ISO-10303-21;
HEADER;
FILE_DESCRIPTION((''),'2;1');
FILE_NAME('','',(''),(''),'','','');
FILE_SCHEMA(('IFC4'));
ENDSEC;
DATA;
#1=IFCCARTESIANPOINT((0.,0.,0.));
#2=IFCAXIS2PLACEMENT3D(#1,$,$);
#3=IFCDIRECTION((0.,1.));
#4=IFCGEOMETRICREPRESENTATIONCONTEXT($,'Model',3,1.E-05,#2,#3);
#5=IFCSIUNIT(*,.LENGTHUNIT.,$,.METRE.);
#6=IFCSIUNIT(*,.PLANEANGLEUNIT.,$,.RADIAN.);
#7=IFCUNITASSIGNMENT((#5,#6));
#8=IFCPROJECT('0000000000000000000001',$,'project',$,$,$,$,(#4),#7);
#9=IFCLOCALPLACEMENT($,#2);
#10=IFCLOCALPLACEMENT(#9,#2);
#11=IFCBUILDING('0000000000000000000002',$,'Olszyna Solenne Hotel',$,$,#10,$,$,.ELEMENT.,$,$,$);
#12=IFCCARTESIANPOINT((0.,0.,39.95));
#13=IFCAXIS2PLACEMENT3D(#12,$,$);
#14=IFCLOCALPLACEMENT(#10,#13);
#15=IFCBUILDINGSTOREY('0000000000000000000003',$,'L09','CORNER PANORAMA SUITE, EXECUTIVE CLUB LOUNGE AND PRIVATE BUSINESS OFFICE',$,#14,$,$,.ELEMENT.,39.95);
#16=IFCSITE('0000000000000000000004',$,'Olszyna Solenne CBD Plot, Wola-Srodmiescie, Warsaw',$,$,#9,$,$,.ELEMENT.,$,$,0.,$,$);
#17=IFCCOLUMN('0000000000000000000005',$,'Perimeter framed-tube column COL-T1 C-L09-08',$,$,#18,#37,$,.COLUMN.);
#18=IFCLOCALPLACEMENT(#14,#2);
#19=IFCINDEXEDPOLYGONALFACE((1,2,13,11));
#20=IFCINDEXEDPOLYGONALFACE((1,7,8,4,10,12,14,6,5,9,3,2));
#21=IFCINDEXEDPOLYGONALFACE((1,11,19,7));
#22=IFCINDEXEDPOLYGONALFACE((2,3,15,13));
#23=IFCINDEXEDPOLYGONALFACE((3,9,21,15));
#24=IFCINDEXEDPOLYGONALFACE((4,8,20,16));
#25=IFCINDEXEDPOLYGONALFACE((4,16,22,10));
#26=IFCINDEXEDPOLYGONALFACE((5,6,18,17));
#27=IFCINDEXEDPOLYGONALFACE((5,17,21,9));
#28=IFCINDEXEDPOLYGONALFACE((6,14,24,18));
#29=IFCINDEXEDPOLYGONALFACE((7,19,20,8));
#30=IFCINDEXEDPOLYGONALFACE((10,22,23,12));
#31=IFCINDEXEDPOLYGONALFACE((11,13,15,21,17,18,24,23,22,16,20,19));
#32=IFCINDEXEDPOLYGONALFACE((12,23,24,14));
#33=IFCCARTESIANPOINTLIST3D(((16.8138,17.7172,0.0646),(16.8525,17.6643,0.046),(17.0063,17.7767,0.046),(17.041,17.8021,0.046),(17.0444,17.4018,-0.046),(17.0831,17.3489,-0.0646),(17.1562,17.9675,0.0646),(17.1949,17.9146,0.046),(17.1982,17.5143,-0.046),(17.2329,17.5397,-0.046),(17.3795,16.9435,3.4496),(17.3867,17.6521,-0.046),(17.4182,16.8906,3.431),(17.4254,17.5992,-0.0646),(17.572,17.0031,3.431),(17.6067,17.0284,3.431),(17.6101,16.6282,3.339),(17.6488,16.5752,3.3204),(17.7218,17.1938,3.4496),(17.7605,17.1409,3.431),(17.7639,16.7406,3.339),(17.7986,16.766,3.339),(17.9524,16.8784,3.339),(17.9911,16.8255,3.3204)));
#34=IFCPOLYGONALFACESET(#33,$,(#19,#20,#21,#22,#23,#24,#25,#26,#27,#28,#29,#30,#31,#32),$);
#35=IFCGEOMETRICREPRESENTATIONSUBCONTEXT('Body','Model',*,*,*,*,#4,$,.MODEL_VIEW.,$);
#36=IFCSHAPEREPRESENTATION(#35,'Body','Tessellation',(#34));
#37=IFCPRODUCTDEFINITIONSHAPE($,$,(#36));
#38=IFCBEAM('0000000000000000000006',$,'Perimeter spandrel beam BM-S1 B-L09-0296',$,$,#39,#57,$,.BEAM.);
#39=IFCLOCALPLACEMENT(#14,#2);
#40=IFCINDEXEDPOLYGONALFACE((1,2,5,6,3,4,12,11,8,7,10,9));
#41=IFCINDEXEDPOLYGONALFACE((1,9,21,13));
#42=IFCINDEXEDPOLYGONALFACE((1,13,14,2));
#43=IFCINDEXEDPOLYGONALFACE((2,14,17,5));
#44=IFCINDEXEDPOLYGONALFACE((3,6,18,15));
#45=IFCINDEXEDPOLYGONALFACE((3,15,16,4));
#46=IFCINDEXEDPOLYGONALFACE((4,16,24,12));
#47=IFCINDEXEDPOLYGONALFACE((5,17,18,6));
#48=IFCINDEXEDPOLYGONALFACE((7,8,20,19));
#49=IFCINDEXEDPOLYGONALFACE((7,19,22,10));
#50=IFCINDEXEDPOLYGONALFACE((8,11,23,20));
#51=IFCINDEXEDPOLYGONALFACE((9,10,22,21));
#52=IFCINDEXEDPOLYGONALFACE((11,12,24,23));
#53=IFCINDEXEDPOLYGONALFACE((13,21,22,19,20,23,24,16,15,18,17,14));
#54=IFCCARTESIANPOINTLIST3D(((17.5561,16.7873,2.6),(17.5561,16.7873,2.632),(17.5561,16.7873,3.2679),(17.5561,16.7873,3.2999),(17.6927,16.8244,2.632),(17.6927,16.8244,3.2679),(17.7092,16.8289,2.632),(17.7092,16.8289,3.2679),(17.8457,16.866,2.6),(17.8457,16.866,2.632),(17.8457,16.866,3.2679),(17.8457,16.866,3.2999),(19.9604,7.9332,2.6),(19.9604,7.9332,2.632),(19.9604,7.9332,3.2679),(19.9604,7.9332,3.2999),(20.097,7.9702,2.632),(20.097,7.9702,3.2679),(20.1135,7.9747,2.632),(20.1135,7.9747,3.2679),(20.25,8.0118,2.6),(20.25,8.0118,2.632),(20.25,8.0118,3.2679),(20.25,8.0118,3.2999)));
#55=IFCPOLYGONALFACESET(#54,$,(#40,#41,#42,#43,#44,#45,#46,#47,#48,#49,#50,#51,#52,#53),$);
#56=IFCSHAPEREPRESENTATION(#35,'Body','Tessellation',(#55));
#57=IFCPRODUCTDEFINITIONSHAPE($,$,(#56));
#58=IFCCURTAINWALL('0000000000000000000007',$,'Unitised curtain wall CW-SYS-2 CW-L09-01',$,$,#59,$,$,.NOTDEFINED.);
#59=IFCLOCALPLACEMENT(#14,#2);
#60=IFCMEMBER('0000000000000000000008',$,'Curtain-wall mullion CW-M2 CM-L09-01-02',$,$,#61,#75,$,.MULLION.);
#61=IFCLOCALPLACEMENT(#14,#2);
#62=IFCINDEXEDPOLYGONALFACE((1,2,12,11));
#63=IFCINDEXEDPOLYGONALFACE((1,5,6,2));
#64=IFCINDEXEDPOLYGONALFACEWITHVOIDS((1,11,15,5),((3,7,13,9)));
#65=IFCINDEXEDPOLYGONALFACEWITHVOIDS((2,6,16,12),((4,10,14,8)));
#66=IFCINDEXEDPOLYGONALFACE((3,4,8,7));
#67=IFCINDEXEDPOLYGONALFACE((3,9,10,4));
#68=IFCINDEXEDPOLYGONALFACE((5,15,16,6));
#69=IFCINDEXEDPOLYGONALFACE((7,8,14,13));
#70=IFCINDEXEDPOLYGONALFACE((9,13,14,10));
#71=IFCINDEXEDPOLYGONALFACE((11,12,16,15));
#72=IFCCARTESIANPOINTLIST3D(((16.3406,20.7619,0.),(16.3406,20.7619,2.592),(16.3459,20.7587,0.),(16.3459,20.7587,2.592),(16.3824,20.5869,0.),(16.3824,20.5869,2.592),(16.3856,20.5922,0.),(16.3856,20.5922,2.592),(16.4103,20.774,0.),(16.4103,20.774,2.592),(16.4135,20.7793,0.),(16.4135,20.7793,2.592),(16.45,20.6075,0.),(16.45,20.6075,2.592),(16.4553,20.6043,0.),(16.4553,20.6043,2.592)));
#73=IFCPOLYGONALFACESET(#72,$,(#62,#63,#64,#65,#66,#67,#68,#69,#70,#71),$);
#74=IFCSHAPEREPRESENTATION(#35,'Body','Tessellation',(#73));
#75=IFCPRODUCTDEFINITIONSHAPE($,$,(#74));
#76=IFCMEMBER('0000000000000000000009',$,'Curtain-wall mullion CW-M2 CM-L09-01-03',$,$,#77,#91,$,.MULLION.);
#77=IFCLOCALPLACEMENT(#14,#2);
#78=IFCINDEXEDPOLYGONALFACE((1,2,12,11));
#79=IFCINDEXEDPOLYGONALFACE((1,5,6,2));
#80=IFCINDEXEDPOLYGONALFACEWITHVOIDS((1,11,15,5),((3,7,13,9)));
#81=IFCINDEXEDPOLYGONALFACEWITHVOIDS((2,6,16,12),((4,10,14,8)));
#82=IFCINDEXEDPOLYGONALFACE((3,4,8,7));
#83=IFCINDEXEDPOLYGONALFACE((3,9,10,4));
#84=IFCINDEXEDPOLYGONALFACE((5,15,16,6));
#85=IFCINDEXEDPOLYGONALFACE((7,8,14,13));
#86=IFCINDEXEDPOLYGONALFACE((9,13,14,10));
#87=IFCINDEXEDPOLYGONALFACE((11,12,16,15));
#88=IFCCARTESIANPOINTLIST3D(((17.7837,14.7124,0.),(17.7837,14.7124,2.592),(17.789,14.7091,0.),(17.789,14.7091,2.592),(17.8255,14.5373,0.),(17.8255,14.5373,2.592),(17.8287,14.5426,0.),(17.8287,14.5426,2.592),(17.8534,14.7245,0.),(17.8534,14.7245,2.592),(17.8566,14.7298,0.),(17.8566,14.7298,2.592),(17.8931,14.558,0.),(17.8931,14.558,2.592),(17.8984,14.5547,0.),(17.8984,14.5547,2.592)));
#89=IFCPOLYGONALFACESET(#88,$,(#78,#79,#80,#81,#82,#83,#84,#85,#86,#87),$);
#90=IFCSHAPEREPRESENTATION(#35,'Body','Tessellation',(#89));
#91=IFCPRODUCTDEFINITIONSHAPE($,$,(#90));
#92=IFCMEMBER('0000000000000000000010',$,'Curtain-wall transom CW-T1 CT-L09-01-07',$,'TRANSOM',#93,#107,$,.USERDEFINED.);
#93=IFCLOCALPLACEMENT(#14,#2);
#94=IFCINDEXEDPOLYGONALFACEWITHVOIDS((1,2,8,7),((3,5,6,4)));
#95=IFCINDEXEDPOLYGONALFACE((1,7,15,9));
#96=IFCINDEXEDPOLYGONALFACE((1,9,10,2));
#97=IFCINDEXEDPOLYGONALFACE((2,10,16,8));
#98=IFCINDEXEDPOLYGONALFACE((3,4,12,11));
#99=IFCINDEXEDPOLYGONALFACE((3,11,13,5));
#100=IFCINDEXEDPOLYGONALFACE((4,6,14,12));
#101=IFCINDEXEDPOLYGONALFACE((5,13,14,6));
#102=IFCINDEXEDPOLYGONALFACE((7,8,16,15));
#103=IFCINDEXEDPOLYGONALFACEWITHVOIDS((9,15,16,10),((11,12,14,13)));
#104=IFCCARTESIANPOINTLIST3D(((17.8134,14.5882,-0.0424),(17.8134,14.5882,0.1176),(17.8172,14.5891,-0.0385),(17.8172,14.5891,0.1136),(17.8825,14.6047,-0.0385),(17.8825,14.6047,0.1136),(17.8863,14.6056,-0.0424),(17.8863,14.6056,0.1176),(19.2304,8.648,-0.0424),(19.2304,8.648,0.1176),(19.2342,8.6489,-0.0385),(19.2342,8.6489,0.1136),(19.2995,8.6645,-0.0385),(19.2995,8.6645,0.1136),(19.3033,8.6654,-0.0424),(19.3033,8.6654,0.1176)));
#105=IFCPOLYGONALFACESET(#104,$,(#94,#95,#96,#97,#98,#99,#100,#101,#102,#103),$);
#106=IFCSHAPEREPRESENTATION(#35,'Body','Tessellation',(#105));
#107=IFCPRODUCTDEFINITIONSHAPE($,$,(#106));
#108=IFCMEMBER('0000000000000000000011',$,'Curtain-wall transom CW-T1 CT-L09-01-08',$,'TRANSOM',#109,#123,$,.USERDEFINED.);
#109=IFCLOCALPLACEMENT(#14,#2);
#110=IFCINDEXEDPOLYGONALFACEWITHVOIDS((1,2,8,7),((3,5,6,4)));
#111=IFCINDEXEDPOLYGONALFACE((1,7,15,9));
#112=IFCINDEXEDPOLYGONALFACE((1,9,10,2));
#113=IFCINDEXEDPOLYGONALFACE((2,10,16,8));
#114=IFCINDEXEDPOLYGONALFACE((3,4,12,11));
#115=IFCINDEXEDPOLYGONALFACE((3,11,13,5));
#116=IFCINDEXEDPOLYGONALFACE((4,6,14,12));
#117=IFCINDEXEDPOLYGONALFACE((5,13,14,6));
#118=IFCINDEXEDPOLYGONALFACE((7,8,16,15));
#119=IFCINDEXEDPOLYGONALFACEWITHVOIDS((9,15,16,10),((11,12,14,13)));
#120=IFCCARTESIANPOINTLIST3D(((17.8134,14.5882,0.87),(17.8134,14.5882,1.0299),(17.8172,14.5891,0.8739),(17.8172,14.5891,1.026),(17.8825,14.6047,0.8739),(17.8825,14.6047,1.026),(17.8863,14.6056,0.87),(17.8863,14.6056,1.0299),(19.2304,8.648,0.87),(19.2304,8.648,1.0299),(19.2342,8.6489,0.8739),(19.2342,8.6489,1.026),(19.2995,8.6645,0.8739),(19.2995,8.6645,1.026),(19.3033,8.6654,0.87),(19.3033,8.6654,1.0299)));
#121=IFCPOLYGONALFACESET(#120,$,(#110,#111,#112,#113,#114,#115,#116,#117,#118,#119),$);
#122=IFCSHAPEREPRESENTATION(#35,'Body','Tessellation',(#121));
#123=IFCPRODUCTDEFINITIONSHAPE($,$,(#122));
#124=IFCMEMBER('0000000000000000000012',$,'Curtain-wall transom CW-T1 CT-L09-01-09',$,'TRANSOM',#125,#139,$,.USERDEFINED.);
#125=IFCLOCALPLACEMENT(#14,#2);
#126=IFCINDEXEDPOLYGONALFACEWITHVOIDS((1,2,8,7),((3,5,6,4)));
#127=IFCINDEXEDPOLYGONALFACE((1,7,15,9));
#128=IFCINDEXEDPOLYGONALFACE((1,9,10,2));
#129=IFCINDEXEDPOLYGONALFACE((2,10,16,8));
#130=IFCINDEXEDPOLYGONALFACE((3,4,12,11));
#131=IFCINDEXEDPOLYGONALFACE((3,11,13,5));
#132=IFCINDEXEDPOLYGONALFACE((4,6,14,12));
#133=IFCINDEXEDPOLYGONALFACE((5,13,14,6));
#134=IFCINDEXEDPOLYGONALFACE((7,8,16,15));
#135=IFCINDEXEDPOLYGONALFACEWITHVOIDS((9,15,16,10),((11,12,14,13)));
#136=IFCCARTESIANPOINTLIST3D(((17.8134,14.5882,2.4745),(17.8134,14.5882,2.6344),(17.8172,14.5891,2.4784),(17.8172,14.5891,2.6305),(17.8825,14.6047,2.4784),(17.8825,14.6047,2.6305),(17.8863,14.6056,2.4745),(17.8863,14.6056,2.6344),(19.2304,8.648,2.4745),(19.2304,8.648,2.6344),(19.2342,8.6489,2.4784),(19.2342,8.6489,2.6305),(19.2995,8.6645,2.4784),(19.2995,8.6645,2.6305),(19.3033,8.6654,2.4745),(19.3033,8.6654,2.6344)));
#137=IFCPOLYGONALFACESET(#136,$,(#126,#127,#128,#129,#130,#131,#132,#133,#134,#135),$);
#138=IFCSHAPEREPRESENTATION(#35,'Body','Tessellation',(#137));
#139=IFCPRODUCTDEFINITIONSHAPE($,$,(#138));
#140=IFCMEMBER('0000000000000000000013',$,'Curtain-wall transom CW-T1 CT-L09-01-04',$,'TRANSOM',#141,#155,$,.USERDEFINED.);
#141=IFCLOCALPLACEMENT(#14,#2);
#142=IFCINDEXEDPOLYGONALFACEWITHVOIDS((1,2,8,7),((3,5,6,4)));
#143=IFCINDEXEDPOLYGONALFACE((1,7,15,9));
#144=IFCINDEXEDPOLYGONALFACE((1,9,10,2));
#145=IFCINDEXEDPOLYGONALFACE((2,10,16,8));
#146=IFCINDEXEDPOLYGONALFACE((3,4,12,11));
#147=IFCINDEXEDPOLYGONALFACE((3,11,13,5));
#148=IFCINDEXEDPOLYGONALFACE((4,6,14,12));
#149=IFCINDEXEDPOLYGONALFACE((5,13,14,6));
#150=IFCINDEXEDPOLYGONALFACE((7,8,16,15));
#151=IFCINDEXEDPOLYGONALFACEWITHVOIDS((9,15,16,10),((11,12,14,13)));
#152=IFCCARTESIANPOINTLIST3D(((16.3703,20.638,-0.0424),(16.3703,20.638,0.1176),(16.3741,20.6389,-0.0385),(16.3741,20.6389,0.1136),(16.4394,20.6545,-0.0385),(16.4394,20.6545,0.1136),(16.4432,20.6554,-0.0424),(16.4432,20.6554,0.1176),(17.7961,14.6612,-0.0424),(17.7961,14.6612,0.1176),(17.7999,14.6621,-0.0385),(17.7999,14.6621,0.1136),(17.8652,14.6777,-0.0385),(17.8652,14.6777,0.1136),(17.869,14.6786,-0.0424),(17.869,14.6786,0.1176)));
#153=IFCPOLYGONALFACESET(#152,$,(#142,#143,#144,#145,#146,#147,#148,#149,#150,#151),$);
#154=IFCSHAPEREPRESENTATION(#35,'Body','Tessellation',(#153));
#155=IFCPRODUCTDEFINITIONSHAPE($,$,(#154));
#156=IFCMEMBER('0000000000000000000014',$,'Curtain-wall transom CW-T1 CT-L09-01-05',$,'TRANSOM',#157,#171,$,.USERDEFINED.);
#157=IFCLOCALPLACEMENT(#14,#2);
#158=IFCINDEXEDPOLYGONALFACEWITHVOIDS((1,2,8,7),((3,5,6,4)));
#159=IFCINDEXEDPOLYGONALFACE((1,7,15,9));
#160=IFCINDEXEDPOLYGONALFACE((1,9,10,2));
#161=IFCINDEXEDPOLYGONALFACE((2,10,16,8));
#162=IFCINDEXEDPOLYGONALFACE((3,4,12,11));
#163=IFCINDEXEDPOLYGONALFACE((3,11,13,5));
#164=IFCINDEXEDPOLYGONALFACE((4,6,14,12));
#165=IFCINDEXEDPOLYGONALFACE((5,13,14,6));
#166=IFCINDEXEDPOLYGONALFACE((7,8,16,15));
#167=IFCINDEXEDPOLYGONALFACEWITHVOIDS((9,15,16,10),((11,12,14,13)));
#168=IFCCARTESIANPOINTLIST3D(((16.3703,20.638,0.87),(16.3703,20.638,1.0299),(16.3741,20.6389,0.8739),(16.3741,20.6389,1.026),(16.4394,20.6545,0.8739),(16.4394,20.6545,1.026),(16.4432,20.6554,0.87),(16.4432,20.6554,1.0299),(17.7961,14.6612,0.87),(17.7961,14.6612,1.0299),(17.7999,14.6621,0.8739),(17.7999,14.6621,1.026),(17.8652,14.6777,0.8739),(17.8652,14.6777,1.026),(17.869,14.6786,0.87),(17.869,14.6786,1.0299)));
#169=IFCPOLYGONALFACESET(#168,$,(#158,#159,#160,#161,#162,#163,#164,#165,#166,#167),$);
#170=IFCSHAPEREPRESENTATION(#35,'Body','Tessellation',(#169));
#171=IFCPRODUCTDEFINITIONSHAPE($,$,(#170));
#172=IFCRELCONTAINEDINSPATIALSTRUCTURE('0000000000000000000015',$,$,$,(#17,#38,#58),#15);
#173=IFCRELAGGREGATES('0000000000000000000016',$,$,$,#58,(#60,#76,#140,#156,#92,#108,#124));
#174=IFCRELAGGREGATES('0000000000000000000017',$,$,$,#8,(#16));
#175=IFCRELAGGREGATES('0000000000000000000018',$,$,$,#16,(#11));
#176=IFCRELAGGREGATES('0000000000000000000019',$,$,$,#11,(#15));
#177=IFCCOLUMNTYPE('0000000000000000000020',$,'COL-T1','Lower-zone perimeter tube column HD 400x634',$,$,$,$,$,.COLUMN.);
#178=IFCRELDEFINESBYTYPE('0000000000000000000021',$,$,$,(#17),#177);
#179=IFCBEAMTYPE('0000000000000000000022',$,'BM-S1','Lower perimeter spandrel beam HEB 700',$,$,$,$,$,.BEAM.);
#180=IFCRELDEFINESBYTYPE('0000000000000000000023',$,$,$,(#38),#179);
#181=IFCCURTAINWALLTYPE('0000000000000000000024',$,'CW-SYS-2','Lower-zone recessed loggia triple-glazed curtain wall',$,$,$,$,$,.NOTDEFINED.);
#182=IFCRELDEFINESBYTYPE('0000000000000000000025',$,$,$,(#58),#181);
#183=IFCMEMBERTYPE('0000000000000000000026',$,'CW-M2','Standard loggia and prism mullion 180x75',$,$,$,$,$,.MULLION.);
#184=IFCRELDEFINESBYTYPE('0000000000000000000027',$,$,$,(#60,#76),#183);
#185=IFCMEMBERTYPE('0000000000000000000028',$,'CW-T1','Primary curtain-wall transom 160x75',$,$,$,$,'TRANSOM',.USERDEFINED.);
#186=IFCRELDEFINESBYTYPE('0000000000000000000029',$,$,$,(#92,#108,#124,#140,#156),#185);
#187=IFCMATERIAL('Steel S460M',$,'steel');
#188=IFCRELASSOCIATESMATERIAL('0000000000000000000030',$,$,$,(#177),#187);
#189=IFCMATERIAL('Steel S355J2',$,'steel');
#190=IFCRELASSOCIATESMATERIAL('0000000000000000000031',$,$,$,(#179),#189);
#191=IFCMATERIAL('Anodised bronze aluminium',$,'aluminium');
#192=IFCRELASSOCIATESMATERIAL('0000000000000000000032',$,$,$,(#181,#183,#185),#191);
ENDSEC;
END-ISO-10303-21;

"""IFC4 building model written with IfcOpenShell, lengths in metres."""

from ifc_helpers import new_model, si_unit, direction, frame, origin, origin_2d, place, context, subcontext, project, spatial, hollow_rectangle, i_section, extrude, source, transform, mapped, material, material_profile, profile_set, type_object, element, aggregate, save


model = new_model("IFC4")

# Units and contexts
model_context = context("Model", 3, precision=1e-05, world=origin(), true_north=direction((0.0, 1.0)))
body_context = subcontext(model_context, "Body", "Model", "MODEL_VIEW")
ifc_project = project(units=[si_unit("LENGTHUNIT", "METRE"), si_unit("PLANEANGLEUNIT", "RADIAN")], contexts=[model_context])

# Site, building, storey
site_placement = place(None, origin())
site = spatial("IfcSite", under=ifc_project, at=site_placement, Name="Olszyna Solenne CBD Plot, Wola-Srodmiescie, Warsaw", CompositionType="ELEMENT", RefElevation=0.0)
building_placement = place(site_placement, origin())
building = spatial("IfcBuilding", under=site, at=building_placement, Name="Olszyna Solenne Hotel", CompositionType="ELEMENT")
storey_placement = place(building_placement, frame((0.0, 0.0, 39.95)))
storey = spatial("IfcBuildingStorey", under=building, at=storey_placement, Name="L09", Description="CORNER PANORAMA SUITE, EXECUTIVE CLUB LOUNGE AND PRIVATE BUSINESS OFFICE", CompositionType="ELEMENT", Elevation=39.95)

# Column
ifc_material_1 = material(Name="Steel S460M", Category="steel")
ifc_material_profile_1 = material_profile(ifc_material_1, i_section(OverallWidth=0.4241, OverallDepth=0.4741, WebThickness=0.043, FlangeThickness=0.0681, at=origin_2d()), Name="HD 400x634", Category="load-bearing")
ifc_profile_set_1 = profile_set([ifc_material_profile_1], Name="Steel S460M")
column_type = type_object("IfcColumnType", Name="COL-T1", Description="Lower-zone perimeter tube column HD 400x634", PredefinedType="COLUMN", material=ifc_profile_set_1)
shared_shape_1 = source(origin(), body_context, "Body", "SweptSolid", [
    extrude(i_section(OverallWidth=0.4241, OverallDepth=0.4741, WebThickness=0.043, FlangeThickness=0.0681, at=origin_2d()), origin(), (0.0, 0.0, 1.0), 3.5181),
])
column_placement = place(storey_placement, frame((17.1196, 17.6582, 0.0), z_axis=(0.160791, -0.219916, 0.962176), x_axis=(0.807246, 0.590215, 0.0)))
element("IfcColumn", 1, at=column_placement, inside=storey, type_object=column_type, Name="Perimeter framed-tube column COL-T1 C-L09-08", PredefinedType="COLUMN", context=body_context, shape_type="MappedRepresentation", body=[
    mapped(shared_shape_1, transform((0.0, 0.0, 0.0), x_axis=(1.0, 0.0, 0.0), y_axis=(0.0, 1.0, 0.0), z_axis=(0.0, 0.0, 1.0), scale=1.0)),
])

# Beam
ifc_material_2 = material(Name="Steel S355J2", Category="steel")
ifc_material_profile_2 = material_profile(ifc_material_2, i_section(OverallWidth=0.3, OverallDepth=0.7, WebThickness=0.0171, FlangeThickness=0.032, at=origin_2d()), Name="HEB 700", Category="load-bearing")
ifc_profile_set_2 = profile_set([ifc_material_profile_2], Name="Steel S355J2")
beam_type = type_object("IfcBeamType", Name="BM-S1", Description="Lower perimeter spandrel beam HEB 700", PredefinedType="BEAM", material=ifc_profile_set_2)
shared_shape_2 = source(origin(), body_context, "Body", "SweptSolid", [
    extrude(i_section(OverallWidth=0.3, OverallDepth=0.7, WebThickness=0.0171, FlangeThickness=0.032, at=origin_2d()), origin(), (0.0, 0.0, 1.0), 9.1748),
])
beam_placement = place(storey_placement, frame((17.7009, 16.8267, 2.95), z_axis=(0.262052, -0.965054, 0.0), x_axis=(0.965054, 0.262052, 0.0)))
element("IfcBeam", 2, at=beam_placement, inside=storey, type_object=beam_type, Name="Perimeter spandrel beam BM-S1 B-L09-0296", PredefinedType="BEAM", context=body_context, shape_type="MappedRepresentation", body=[
    mapped(shared_shape_2, transform((0.0, 0.0, 0.0), x_axis=(1.0, 0.0, 0.0), y_axis=(0.0, 1.0, 0.0), z_axis=(0.0, 0.0, 1.0), scale=1.0)),
])

# Curtain wall, members
ifc_material_3 = material(Name="Anodised bronze aluminium", Category="aluminium")
curtain_wall_type = type_object("IfcCurtainWallType", Name="CW-SYS-2", Description="Lower-zone recessed loggia triple-glazed curtain wall", PredefinedType="NOTDEFINED", material=ifc_material_3)
curtain_wall_placement = place(storey_placement, origin())
curtain_wall = element("IfcCurtainWall", 3, at=curtain_wall_placement, inside=storey, type_object=curtain_wall_type, Name="Unitised curtain wall CW-SYS-2 CW-L09-01", PredefinedType="NOTDEFINED")
ifc_material_profile_3 = material_profile(ifc_material_3, hollow_rectangle(XDim=0.075, YDim=0.1799, WallThickness=0.0044, at=origin_2d()), Name="MULL 180x75x4.5", Category="load-bearing")
ifc_profile_set_3 = profile_set([ifc_material_profile_3], Name="Anodised bronze aluminium")
member_type_1 = type_object("IfcMemberType", Name="CW-M2", Description="Standard loggia and prism mullion 180x75", PredefinedType="MULLION", material=ifc_profile_set_3)
shared_shape_3 = source(origin(), body_context, "Body", "SweptSolid", [
    extrude(hollow_rectangle(XDim=0.075, YDim=0.1799, WallThickness=0.0044, at=origin_2d()), origin(), (0.0, 0.0, 1.0), 2.592),
])
member_1_placement = place(storey_placement, frame((16.3979, 20.6831, 0.0), z_axis=(0.0, 0.0, 1.0), x_axis=(0.972708, 0.232034, 0.0)))
member_1 = element("IfcMember", 4, at=member_1_placement, type_object=member_type_1, Name="Curtain-wall mullion CW-M2 CM-L09-01-02", PredefinedType="MULLION", context=body_context, shape_type="MappedRepresentation", body=[
    mapped(shared_shape_3, transform((0.0, 0.0, 0.0), x_axis=(1.0, 0.0, 0.0), y_axis=(0.0, 1.0, 0.0), z_axis=(0.0, 0.0, 1.0), scale=1.0)),
])
member_2_placement = place(storey_placement, frame((17.8411, 14.6335, 0.0), z_axis=(0.0, 0.0, 1.0), x_axis=(0.972708, 0.232034, 0.0)))
member_2 = element("IfcMember", 5, at=member_2_placement, type_object=member_type_1, Name="Curtain-wall mullion CW-M2 CM-L09-01-03", PredefinedType="MULLION", context=body_context, shape_type="MappedRepresentation", body=[
    mapped(shared_shape_3, transform((0.0, 0.0, 0.0), x_axis=(1.0, 0.0, 0.0), y_axis=(0.0, 1.0, 0.0), z_axis=(0.0, 0.0, 1.0), scale=1.0)),
])
ifc_material_profile_4 = material_profile(ifc_material_3, hollow_rectangle(XDim=0.075, YDim=0.1599, WallThickness=0.0039, at=origin_2d()), Name="TRAN 160x75x4", Category="load-bearing")
ifc_profile_set_4 = profile_set([ifc_material_profile_4], Name="Anodised bronze aluminium")
member_type_2 = type_object("IfcMemberType", Name="CW-T1", Description="Primary curtain-wall transom 160x75", ElementType="TRANSOM", PredefinedType="USERDEFINED", material=ifc_profile_set_4)
shared_shape_4 = source(origin(), body_context, "Body", "SweptSolid", [
    extrude(hollow_rectangle(XDim=0.075, YDim=0.1599, WallThickness=0.0039, at=origin_2d()), origin(), (0.0, 0.0, 1.0), 6.1069),
])
member_3_placement = place(storey_placement, frame((17.8499, 14.5969, 0.0376), z_axis=(0.232033, -0.972708, 0.0), x_axis=(0.972708, 0.232033, 0.0)))
member_3 = element("IfcMember", 6, at=member_3_placement, type_object=member_type_2, Name="Curtain-wall transom CW-T1 CT-L09-01-07", ObjectType="TRANSOM", PredefinedType="USERDEFINED", context=body_context, shape_type="MappedRepresentation", body=[
    mapped(shared_shape_4, transform((0.0, 0.0, 0.0), x_axis=(1.0, 0.0, 0.0), y_axis=(0.0, 1.0, 0.0), z_axis=(0.0, 0.0, 1.0), scale=1.0)),
])
member_4_placement = place(storey_placement, frame((17.8499, 14.5969, 0.95), z_axis=(0.232033, -0.972708, 0.0), x_axis=(0.972708, 0.232033, 0.0)))
member_4 = element("IfcMember", 7, at=member_4_placement, type_object=member_type_2, Name="Curtain-wall transom CW-T1 CT-L09-01-08", ObjectType="TRANSOM", PredefinedType="USERDEFINED", context=body_context, shape_type="MappedRepresentation", body=[
    mapped(shared_shape_4, transform((0.0, 0.0, 0.0), x_axis=(1.0, 0.0, 0.0), y_axis=(0.0, 1.0, 0.0), z_axis=(0.0, 0.0, 1.0), scale=1.0)),
])
member_5_placement = place(storey_placement, frame((17.8499, 14.5969, 2.5544), z_axis=(0.232033, -0.972708, 0.0), x_axis=(0.972708, 0.232033, 0.0)))
member_5 = element("IfcMember", 8, at=member_5_placement, type_object=member_type_2, Name="Curtain-wall transom CW-T1 CT-L09-01-09", ObjectType="TRANSOM", PredefinedType="USERDEFINED", context=body_context, shape_type="MappedRepresentation", body=[
    mapped(shared_shape_4, transform((0.0, 0.0, 0.0), x_axis=(1.0, 0.0, 0.0), y_axis=(0.0, 1.0, 0.0), z_axis=(0.0, 0.0, 1.0), scale=1.0)),
])
shared_shape_5 = source(origin(), body_context, "Body", "SweptSolid", [
    extrude(hollow_rectangle(XDim=0.075, YDim=0.1599, WallThickness=0.0039, at=origin_2d()), origin(), (0.0, 0.0, 1.0), 6.1445),
])
member_6_placement = place(storey_placement, frame((16.4067, 20.6467, 0.0376), z_axis=(0.232041, -0.972706, 0.0), x_axis=(0.972706, 0.232041, 0.0)))
member_6 = element("IfcMember", 9, at=member_6_placement, type_object=member_type_2, Name="Curtain-wall transom CW-T1 CT-L09-01-04", ObjectType="TRANSOM", PredefinedType="USERDEFINED", context=body_context, shape_type="MappedRepresentation", body=[
    mapped(shared_shape_5, transform((0.0, 0.0, 0.0), x_axis=(1.0, 0.0, 0.0), y_axis=(0.0, 1.0, 0.0), z_axis=(0.0, 0.0, 1.0), scale=1.0)),
])
member_7_placement = place(storey_placement, frame((16.4067, 20.6467, 0.95), z_axis=(0.232041, -0.972706, 0.0), x_axis=(0.972706, 0.232041, 0.0)))
member_7 = element("IfcMember", 10, at=member_7_placement, type_object=member_type_2, Name="Curtain-wall transom CW-T1 CT-L09-01-05", ObjectType="TRANSOM", PredefinedType="USERDEFINED", context=body_context, shape_type="MappedRepresentation", body=[
    mapped(shared_shape_5, transform((0.0, 0.0, 0.0), x_axis=(1.0, 0.0, 0.0), y_axis=(0.0, 1.0, 0.0), z_axis=(0.0, 0.0, 1.0), scale=1.0)),
])

aggregate(curtain_wall, [member_1, member_2, member_6, member_7, member_3, member_4, member_5])

save(model, "model.ifc")
